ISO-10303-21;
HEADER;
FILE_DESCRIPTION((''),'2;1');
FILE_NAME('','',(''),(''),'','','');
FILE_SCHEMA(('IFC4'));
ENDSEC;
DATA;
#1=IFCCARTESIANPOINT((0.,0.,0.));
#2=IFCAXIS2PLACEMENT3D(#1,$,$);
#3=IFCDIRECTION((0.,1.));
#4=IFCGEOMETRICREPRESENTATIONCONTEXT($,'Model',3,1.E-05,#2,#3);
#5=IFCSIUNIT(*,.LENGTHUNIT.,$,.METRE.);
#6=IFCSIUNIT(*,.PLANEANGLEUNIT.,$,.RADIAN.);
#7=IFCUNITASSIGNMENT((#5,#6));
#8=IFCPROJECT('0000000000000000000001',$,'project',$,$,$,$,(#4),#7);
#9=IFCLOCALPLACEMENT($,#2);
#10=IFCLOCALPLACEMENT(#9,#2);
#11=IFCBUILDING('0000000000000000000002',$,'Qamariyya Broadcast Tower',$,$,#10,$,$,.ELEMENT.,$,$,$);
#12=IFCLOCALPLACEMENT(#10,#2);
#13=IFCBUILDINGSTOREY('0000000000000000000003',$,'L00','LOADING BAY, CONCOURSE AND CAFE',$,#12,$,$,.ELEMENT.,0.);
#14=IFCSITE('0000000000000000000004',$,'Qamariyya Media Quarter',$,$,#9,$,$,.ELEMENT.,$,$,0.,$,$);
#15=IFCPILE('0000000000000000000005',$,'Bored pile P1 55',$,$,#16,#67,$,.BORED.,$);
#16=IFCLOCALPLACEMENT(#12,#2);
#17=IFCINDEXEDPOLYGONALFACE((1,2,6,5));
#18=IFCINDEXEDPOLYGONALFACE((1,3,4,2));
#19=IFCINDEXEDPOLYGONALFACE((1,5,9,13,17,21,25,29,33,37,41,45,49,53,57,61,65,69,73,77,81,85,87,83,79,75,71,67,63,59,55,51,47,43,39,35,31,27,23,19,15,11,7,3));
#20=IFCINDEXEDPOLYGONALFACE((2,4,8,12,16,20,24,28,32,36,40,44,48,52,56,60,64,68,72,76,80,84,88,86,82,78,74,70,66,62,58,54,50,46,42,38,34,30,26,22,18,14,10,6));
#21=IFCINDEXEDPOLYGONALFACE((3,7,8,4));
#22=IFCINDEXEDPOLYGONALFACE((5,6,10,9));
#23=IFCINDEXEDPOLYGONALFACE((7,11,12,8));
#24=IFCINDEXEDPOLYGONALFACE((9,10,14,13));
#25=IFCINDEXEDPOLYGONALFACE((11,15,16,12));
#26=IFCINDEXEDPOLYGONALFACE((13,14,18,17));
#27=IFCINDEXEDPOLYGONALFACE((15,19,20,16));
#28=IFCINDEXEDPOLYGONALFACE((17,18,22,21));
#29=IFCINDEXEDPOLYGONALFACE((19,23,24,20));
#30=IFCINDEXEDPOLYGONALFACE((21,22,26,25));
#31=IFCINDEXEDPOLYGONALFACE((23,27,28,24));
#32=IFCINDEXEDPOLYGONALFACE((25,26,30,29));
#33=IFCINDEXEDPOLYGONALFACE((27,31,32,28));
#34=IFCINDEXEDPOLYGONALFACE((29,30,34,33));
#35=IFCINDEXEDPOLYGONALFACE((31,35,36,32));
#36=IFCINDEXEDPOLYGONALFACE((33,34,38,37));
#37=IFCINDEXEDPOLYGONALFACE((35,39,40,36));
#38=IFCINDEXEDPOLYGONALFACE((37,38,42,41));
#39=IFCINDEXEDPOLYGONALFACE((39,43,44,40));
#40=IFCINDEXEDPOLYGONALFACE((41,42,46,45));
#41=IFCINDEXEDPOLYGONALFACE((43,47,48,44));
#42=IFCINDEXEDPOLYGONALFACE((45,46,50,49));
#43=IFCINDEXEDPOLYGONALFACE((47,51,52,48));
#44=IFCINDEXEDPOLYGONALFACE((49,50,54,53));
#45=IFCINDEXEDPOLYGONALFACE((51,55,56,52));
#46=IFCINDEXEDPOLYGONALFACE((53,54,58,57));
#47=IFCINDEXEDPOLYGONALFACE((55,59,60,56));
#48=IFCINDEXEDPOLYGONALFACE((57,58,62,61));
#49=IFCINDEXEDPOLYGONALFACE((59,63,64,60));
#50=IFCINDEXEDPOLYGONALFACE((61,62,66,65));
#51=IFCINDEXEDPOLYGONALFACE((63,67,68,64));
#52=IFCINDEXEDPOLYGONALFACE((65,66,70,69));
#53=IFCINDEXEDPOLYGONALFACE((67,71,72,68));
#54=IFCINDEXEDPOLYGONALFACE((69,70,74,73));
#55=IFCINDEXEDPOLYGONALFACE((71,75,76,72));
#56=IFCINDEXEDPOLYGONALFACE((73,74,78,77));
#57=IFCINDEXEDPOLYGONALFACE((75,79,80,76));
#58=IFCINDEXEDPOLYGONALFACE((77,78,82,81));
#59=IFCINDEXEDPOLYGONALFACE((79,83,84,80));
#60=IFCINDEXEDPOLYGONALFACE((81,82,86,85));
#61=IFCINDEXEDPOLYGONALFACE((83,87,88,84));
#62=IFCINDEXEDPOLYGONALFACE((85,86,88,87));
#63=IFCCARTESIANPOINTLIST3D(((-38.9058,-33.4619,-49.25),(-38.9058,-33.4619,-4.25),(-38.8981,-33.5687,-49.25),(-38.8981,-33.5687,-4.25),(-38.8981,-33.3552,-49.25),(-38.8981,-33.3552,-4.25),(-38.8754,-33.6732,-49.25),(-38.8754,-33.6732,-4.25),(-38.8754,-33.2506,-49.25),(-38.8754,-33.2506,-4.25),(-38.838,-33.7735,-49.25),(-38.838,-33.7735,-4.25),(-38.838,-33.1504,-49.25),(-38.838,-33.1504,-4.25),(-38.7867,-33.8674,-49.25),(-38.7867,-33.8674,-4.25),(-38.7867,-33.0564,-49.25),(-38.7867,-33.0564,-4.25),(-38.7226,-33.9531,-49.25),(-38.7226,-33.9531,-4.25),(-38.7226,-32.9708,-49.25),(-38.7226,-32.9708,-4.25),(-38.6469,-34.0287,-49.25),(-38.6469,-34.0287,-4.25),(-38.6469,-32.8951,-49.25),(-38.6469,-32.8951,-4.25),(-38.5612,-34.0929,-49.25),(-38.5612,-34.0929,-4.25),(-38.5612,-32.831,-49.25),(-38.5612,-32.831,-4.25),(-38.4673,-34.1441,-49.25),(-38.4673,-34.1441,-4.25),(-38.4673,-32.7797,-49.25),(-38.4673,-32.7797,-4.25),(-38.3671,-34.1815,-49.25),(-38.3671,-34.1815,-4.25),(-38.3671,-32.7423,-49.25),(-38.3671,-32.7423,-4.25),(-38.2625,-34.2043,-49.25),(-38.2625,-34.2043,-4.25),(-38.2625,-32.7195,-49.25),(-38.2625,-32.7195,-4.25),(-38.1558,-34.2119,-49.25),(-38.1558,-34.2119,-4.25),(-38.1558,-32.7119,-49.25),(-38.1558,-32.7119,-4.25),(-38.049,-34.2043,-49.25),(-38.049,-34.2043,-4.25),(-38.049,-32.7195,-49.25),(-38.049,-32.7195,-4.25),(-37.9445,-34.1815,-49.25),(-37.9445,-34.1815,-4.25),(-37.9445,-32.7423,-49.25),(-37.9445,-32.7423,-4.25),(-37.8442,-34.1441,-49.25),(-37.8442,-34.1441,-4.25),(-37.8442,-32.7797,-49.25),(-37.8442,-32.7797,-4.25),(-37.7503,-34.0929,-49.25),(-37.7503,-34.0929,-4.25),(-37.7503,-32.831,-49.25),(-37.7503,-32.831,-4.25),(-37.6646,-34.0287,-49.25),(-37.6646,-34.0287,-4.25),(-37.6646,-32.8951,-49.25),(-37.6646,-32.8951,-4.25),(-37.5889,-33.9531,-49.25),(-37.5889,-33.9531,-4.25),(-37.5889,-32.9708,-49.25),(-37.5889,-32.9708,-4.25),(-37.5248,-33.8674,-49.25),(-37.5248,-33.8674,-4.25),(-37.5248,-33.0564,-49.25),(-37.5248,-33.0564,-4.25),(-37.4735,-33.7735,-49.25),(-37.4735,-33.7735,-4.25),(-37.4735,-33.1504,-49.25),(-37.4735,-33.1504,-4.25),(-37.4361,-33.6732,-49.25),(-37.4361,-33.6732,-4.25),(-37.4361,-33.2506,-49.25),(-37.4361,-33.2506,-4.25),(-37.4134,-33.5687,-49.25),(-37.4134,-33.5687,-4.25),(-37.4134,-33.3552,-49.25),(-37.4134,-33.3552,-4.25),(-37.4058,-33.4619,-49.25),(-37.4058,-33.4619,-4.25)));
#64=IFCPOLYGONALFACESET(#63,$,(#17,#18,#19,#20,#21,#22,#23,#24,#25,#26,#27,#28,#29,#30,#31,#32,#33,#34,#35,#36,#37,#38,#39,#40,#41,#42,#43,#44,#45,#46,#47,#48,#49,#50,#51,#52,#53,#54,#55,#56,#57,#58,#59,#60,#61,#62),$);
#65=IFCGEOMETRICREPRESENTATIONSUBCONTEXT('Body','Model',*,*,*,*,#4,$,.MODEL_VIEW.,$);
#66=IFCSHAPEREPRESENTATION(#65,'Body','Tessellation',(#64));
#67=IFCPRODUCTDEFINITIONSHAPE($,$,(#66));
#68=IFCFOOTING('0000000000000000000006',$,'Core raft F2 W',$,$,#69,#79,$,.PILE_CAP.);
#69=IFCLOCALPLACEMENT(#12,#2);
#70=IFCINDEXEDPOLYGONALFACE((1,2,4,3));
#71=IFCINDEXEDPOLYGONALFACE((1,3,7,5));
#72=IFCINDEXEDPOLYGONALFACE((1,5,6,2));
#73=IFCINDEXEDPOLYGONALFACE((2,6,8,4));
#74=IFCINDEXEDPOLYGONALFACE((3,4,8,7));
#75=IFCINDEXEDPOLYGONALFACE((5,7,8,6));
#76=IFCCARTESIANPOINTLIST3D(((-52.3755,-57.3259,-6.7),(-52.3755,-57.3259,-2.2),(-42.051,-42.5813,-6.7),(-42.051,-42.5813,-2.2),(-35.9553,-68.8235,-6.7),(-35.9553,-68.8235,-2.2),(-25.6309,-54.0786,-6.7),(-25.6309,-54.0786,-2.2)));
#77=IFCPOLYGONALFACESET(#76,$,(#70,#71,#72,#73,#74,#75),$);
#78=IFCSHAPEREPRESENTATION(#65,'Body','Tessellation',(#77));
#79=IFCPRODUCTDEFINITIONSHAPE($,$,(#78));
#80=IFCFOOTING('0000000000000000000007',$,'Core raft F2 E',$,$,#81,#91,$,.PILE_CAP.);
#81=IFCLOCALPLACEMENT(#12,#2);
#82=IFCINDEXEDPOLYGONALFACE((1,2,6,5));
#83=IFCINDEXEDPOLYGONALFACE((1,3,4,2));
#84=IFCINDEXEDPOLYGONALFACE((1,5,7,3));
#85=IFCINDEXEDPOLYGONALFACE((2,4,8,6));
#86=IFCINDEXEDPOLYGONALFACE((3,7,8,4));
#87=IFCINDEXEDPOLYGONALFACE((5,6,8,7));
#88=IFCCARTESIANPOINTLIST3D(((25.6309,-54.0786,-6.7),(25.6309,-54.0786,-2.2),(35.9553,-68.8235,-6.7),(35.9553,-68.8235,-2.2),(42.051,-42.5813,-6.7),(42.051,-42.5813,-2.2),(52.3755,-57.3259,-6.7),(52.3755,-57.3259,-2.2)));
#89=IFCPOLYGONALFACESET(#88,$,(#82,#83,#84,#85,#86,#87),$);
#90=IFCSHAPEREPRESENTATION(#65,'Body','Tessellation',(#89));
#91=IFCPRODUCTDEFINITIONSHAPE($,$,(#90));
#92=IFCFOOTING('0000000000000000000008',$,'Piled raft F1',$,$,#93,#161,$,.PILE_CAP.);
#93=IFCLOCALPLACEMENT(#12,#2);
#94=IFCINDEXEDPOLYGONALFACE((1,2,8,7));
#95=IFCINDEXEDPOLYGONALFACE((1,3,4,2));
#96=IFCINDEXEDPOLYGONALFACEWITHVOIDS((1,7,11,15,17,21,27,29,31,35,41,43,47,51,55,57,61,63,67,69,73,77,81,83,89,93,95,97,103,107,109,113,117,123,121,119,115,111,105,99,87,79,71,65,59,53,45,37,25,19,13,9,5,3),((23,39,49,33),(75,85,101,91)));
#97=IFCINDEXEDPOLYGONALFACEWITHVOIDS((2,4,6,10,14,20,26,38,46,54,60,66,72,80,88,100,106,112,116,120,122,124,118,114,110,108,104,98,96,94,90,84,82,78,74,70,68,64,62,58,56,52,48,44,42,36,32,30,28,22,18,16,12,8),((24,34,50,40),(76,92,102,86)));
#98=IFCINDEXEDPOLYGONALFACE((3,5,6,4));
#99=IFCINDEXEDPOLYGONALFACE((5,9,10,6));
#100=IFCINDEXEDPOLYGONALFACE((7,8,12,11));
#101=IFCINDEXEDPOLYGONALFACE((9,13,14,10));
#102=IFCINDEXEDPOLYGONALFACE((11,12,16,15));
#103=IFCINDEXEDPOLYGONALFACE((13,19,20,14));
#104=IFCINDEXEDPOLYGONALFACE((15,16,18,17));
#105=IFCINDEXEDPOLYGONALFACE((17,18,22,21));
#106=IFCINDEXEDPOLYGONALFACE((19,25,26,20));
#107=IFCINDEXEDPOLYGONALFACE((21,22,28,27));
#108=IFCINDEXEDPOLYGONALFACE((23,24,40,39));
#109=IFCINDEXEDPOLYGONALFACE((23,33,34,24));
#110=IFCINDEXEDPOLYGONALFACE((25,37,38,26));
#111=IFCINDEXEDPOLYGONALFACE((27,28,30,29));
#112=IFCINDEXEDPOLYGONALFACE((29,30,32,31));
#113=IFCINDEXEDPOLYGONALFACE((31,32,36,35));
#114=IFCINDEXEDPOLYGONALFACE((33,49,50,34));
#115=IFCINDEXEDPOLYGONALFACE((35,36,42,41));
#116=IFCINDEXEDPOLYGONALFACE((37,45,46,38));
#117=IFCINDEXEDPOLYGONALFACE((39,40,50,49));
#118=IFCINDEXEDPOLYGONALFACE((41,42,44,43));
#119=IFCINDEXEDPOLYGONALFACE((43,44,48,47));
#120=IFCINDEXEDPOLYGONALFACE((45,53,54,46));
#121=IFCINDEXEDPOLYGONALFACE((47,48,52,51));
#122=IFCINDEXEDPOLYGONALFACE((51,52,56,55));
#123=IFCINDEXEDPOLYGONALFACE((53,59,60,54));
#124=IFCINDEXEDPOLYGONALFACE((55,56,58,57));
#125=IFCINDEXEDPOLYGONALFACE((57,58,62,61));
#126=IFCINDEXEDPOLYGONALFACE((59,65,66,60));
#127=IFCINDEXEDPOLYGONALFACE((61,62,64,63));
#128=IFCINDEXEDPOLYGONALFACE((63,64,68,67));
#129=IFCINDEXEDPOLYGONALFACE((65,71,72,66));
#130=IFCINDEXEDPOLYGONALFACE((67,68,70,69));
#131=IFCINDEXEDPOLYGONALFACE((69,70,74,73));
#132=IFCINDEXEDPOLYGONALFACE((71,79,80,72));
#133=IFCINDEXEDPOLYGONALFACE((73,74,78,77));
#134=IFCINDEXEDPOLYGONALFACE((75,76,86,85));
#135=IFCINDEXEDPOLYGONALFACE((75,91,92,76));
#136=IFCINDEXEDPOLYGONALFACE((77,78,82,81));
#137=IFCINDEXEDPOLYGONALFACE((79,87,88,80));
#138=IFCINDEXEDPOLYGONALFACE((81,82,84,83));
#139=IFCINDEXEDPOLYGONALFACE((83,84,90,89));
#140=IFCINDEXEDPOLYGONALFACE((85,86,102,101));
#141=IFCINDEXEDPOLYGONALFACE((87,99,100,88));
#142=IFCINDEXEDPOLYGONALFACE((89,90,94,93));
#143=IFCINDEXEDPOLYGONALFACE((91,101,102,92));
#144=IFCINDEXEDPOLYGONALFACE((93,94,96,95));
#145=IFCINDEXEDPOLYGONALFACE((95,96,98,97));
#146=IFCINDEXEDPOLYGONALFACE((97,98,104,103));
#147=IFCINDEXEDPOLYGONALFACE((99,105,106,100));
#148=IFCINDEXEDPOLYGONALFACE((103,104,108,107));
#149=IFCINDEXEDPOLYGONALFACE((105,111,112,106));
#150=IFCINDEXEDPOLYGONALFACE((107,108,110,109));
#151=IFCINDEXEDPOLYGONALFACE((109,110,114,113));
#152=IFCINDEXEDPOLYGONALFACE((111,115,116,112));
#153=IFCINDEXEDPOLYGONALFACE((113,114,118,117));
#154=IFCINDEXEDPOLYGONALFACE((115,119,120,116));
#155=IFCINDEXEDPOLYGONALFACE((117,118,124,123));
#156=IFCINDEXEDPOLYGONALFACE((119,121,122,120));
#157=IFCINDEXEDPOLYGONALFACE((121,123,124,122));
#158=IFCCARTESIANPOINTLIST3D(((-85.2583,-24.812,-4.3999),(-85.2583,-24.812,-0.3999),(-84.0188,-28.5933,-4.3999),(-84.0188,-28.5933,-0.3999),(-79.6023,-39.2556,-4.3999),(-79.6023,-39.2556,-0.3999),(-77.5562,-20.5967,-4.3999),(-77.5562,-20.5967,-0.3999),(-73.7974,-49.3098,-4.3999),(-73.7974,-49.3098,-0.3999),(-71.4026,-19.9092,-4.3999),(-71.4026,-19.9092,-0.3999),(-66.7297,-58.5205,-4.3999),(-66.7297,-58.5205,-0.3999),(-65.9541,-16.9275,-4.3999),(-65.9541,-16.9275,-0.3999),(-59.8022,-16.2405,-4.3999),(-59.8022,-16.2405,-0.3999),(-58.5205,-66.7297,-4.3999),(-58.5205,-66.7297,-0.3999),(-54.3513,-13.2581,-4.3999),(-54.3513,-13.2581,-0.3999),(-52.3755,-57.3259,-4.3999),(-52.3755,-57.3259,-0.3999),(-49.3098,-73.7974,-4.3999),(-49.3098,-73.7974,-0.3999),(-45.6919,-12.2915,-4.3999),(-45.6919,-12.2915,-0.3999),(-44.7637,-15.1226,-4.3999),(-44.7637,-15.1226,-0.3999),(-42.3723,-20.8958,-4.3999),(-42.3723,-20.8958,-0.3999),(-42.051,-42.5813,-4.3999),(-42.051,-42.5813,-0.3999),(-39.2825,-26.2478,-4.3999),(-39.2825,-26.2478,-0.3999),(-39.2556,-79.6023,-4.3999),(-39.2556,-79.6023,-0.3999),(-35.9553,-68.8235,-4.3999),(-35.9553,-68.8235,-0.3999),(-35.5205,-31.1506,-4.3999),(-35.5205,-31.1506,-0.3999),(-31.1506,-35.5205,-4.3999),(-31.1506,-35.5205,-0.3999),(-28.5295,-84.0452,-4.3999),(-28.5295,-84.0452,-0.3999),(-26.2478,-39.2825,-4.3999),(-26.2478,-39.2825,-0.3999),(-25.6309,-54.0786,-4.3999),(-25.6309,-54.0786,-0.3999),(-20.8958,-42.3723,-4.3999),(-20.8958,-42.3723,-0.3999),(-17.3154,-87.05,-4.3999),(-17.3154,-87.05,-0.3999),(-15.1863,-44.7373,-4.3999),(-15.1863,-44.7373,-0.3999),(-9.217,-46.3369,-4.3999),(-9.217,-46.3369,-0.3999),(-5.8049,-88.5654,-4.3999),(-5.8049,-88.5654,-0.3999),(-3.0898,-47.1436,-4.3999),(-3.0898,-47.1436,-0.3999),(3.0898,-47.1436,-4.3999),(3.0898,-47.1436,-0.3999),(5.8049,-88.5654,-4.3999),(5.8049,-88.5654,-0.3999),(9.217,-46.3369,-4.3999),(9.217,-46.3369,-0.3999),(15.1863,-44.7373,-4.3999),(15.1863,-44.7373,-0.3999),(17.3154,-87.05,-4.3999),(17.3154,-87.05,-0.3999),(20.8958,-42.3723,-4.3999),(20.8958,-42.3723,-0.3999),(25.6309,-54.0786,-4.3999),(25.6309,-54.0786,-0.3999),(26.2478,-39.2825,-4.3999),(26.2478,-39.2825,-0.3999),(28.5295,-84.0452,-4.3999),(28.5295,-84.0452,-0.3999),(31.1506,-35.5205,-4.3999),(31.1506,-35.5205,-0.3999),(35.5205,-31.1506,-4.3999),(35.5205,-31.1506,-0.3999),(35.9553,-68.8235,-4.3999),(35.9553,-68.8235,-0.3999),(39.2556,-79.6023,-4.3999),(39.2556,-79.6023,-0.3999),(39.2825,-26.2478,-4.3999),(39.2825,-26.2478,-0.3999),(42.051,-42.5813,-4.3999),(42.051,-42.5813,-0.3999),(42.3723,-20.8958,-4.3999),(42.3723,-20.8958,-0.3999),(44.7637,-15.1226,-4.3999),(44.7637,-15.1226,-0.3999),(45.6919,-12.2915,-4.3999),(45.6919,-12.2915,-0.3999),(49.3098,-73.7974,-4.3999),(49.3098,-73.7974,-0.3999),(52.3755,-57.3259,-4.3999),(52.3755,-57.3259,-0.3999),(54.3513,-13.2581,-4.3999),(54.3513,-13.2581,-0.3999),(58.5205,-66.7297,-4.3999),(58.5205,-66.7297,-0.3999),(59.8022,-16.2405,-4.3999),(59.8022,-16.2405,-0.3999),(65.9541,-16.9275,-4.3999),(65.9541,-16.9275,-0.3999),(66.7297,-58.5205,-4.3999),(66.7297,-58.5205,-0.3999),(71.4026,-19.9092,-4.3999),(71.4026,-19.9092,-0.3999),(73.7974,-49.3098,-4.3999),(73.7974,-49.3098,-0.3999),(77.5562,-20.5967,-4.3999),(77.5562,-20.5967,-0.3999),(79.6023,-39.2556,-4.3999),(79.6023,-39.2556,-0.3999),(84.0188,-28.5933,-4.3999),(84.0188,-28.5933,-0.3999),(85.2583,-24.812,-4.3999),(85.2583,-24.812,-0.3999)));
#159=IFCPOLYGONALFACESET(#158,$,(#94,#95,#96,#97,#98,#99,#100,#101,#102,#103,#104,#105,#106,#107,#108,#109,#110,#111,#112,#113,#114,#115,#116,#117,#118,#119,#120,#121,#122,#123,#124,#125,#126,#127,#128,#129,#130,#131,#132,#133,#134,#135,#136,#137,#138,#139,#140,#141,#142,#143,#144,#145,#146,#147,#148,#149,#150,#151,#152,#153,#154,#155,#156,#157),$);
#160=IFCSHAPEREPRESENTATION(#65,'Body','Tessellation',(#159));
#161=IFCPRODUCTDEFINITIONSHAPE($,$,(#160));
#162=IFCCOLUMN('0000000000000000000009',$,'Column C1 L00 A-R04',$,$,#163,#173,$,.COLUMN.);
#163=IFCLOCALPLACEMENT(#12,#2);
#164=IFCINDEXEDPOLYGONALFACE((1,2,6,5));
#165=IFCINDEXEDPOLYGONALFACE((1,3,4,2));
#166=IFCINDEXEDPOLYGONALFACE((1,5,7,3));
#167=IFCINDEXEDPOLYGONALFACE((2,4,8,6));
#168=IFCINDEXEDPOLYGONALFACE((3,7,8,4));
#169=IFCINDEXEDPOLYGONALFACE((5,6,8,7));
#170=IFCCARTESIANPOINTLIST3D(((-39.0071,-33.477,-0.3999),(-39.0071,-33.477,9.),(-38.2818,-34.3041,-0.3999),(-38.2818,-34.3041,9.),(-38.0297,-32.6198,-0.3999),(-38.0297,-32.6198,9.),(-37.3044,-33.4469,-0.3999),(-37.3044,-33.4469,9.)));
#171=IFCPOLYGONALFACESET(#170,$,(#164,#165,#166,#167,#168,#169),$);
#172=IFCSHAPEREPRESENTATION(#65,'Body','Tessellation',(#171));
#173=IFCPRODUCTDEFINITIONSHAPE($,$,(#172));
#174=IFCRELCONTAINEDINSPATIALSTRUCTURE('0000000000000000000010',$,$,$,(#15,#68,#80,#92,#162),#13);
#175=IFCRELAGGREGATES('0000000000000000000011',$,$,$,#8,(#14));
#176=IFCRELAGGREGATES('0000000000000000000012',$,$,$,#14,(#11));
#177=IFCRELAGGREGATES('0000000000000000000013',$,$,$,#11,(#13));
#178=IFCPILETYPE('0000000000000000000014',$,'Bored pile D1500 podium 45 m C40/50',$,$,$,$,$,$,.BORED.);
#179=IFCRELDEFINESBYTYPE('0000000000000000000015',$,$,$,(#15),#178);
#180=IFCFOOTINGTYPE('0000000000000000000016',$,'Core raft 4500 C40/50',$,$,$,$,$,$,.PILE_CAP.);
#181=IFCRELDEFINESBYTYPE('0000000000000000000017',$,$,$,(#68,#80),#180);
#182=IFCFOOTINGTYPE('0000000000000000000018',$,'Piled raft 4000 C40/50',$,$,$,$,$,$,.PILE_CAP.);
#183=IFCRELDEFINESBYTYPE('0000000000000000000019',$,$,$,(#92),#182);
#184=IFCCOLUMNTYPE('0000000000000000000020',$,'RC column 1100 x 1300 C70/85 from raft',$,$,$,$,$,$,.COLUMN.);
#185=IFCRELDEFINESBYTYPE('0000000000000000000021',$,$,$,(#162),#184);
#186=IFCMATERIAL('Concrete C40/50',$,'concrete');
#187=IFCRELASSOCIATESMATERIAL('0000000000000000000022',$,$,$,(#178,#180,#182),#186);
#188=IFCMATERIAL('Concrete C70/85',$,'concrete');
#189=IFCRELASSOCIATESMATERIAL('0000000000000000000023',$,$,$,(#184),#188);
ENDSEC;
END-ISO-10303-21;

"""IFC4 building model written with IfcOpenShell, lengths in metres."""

from ifc_helpers import new_model, si_unit, direction, frame, origin, origin_2d, place, context, subcontext, project, spatial, polyline, rectangle, circle, outline, extrude, material, material_profile, profile_set, type_object, element, save


model = new_model("IFC4")

# Units and contexts
model_context = context("Model", 3, precision=1e-05, world=origin(), true_north=direction((0.0, 1.0)))
body_context = subcontext(model_context, "Body", "Model", "MODEL_VIEW")
ifc_project = project(units=[si_unit("LENGTHUNIT", "METRE"), si_unit("PLANEANGLEUNIT", "RADIAN")], contexts=[model_context])

# Site, building, storey
site_placement = place(None, origin())
site = spatial("IfcSite", under=ifc_project, at=site_placement, Name="Qamariyya Media Quarter", CompositionType="ELEMENT", RefElevation=0.0)
building_placement = place(site_placement, origin())
building = spatial("IfcBuilding", under=site, at=building_placement, Name="Qamariyya Broadcast Tower", CompositionType="ELEMENT")
storey_placement = place(building_placement, origin())
storey = spatial("IfcBuildingStorey", under=building, at=storey_placement, Name="L00", Description="LOADING BAY, CONCOURSE AND CAFE", CompositionType="ELEMENT", Elevation=0.0)

# Pile
ifc_material_1 = material(Name="Concrete C40/50", Category="concrete")
ifc_material_profile_1 = material_profile(ifc_material_1, circle(Radius=0.75, at=origin_2d()))
ifc_profile_set_1 = profile_set([ifc_material_profile_1], Name="Concrete C40/50")
pile_type = type_object("IfcPileType", Name="Bored pile D1500 podium 45 m C40/50", PredefinedType="BORED", material=ifc_profile_set_1)
pile_placement = place(storey_placement, frame((-38.1558, -33.4619, -4.25), z_axis=(0.0, 0.0, -1.0), x_axis=(1.0, 0.0, 0.0)))
element("IfcPile", 1, at=pile_placement, inside=storey, type_object=pile_type, Name="Bored pile P1 55", PredefinedType="BORED", context=body_context, shape_type="SweptSolid", body=[
    extrude(circle(Radius=0.75, at=origin_2d()), origin(), (0.0, 0.0, 1.0), 45.0),
])

# Footings
footing_type_1 = type_object("IfcFootingType", Name="Core raft 4500 C40/50", PredefinedType="PILE_CAP", material=ifc_material_1)
footing_1_placement = place(storey_placement, frame((0.0, 0.0, -6.7)))
element("IfcFooting", 2, at=footing_1_placement, inside=storey, type_object=footing_type_1, Name="Core raft F2 W", PredefinedType="PILE_CAP", context=body_context, shape_type="SweptSolid", body=[
    extrude(outline(polyline([(-52.3755, -57.3259), (-35.9553, -68.8235), (-25.6309, -54.0786), (-42.051, -42.5813), (-52.3755, -57.3259)])), origin(), (0.0, 0.0, 1.0), 4.5),
])
footing_2_placement = place(storey_placement, frame((0.0, 0.0, -6.7)))
element("IfcFooting", 3, at=footing_2_placement, inside=storey, type_object=footing_type_1, Name="Core raft F2 E", PredefinedType="PILE_CAP", context=body_context, shape_type="SweptSolid", body=[
    extrude(outline(polyline([(35.9553, -68.8235), (52.3755, -57.3259), (42.051, -42.5813), (25.6309, -54.0786), (35.9553, -68.8235)])), origin(), (0.0, 0.0, 1.0), 4.5),
])
footing_type_2 = type_object("IfcFootingType", Name="Piled raft 4000 C40/50", PredefinedType="PILE_CAP", material=ifc_material_1)
footing_3_placement = place(storey_placement, frame((0.0, 0.0, -4.3999)))
element("IfcFooting", 4, at=footing_3_placement, inside=storey, type_object=footing_type_2, Name="Piled raft F1", PredefinedType="PILE_CAP", context=body_context, shape_type="SweptSolid", body=[
    extrude(outline(polyline([(-77.5562, -20.5967), (-85.2583, -24.812), (-84.0188, -28.5933), (-79.6023, -39.2556), (-73.7974, -49.3098), (-66.7297, -58.5205), (-58.5205, -66.7297), (-49.3098, -73.7974), (-39.2556, -79.6023), (-28.5295, -84.0452), (-17.3154, -87.05), (-5.8049, -88.5654), (5.8049, -88.5654), (17.3154, -87.05), (28.5295, -84.0452), (39.2556, -79.6023), (49.3098, -73.7974), (58.5205, -66.7297), (66.7297, -58.5205), (73.7974, -49.3098), (79.6023, -39.2556), (84.0188, -28.5933), (85.2583, -24.812), (77.5562, -20.5967), (71.4026, -19.9092), (65.9541, -16.9275), (59.8022, -16.2405), (54.3513, -13.2581), (45.6919, -12.2915), (44.7637, -15.1226), (42.3723, -20.8958), (39.2825, -26.2478), (35.5205, -31.1506), (31.1506, -35.5205), (26.2478, -39.2825), (20.8958, -42.3723), (15.1863, -44.7373), (9.217, -46.3369), (3.0898, -47.1436), (-3.0898, -47.1436), (-9.217, -46.3369), (-15.1863, -44.7373), (-20.8958, -42.3723), (-26.2478, -39.2825), (-31.1506, -35.5205), (-35.5205, -31.1506), (-39.2825, -26.2478), (-42.3723, -20.8958), (-44.7637, -15.1226), (-45.6919, -12.2915), (-54.3513, -13.2581), (-59.8022, -16.2405), (-65.9541, -16.9275), (-71.4026, -19.9092), (-77.5562, -20.5967)]), holes=[polyline([(-52.3755, -57.3259), (-42.051, -42.5813), (-25.6309, -54.0786), (-35.9553, -68.8235), (-52.3755, -57.3259)]), polyline([(35.9553, -68.8235), (25.6309, -54.0786), (42.051, -42.5813), (52.3755, -57.3259), (35.9553, -68.8235)])]), origin(), (0.0, 0.0, 1.0), 4.0),
])

# Column
ifc_material_2 = material(Name="Concrete C70/85", Category="concrete")
ifc_material_profile_2 = material_profile(ifc_material_2, rectangle(XDim=1.1001, YDim=1.3, at=origin_2d()))
ifc_profile_set_2 = profile_set([ifc_material_profile_2], Name="Concrete C70/85")
column_type = type_object("IfcColumnType", Name="RC column 1100 x 1300 C70/85 from raft", PredefinedType="COLUMN", material=ifc_profile_set_2)
column_placement = place(storey_placement, frame((-38.1558, -33.4619, -0.3999), z_axis=(0.0, 0.0, 1.0), x_axis=(0.659346, -0.75184, 0.0)))
element("IfcColumn", 5, at=column_placement, inside=storey, type_object=column_type, Name="Column C1 L00 A-R04", PredefinedType="COLUMN", context=body_context, shape_type="SweptSolid", body=[
    extrude(rectangle(XDim=1.1001, YDim=1.3, at=origin_2d()), origin(), (0.0, 0.0, 1.0), 9.3999),
])

save(model, "model.ifc")
